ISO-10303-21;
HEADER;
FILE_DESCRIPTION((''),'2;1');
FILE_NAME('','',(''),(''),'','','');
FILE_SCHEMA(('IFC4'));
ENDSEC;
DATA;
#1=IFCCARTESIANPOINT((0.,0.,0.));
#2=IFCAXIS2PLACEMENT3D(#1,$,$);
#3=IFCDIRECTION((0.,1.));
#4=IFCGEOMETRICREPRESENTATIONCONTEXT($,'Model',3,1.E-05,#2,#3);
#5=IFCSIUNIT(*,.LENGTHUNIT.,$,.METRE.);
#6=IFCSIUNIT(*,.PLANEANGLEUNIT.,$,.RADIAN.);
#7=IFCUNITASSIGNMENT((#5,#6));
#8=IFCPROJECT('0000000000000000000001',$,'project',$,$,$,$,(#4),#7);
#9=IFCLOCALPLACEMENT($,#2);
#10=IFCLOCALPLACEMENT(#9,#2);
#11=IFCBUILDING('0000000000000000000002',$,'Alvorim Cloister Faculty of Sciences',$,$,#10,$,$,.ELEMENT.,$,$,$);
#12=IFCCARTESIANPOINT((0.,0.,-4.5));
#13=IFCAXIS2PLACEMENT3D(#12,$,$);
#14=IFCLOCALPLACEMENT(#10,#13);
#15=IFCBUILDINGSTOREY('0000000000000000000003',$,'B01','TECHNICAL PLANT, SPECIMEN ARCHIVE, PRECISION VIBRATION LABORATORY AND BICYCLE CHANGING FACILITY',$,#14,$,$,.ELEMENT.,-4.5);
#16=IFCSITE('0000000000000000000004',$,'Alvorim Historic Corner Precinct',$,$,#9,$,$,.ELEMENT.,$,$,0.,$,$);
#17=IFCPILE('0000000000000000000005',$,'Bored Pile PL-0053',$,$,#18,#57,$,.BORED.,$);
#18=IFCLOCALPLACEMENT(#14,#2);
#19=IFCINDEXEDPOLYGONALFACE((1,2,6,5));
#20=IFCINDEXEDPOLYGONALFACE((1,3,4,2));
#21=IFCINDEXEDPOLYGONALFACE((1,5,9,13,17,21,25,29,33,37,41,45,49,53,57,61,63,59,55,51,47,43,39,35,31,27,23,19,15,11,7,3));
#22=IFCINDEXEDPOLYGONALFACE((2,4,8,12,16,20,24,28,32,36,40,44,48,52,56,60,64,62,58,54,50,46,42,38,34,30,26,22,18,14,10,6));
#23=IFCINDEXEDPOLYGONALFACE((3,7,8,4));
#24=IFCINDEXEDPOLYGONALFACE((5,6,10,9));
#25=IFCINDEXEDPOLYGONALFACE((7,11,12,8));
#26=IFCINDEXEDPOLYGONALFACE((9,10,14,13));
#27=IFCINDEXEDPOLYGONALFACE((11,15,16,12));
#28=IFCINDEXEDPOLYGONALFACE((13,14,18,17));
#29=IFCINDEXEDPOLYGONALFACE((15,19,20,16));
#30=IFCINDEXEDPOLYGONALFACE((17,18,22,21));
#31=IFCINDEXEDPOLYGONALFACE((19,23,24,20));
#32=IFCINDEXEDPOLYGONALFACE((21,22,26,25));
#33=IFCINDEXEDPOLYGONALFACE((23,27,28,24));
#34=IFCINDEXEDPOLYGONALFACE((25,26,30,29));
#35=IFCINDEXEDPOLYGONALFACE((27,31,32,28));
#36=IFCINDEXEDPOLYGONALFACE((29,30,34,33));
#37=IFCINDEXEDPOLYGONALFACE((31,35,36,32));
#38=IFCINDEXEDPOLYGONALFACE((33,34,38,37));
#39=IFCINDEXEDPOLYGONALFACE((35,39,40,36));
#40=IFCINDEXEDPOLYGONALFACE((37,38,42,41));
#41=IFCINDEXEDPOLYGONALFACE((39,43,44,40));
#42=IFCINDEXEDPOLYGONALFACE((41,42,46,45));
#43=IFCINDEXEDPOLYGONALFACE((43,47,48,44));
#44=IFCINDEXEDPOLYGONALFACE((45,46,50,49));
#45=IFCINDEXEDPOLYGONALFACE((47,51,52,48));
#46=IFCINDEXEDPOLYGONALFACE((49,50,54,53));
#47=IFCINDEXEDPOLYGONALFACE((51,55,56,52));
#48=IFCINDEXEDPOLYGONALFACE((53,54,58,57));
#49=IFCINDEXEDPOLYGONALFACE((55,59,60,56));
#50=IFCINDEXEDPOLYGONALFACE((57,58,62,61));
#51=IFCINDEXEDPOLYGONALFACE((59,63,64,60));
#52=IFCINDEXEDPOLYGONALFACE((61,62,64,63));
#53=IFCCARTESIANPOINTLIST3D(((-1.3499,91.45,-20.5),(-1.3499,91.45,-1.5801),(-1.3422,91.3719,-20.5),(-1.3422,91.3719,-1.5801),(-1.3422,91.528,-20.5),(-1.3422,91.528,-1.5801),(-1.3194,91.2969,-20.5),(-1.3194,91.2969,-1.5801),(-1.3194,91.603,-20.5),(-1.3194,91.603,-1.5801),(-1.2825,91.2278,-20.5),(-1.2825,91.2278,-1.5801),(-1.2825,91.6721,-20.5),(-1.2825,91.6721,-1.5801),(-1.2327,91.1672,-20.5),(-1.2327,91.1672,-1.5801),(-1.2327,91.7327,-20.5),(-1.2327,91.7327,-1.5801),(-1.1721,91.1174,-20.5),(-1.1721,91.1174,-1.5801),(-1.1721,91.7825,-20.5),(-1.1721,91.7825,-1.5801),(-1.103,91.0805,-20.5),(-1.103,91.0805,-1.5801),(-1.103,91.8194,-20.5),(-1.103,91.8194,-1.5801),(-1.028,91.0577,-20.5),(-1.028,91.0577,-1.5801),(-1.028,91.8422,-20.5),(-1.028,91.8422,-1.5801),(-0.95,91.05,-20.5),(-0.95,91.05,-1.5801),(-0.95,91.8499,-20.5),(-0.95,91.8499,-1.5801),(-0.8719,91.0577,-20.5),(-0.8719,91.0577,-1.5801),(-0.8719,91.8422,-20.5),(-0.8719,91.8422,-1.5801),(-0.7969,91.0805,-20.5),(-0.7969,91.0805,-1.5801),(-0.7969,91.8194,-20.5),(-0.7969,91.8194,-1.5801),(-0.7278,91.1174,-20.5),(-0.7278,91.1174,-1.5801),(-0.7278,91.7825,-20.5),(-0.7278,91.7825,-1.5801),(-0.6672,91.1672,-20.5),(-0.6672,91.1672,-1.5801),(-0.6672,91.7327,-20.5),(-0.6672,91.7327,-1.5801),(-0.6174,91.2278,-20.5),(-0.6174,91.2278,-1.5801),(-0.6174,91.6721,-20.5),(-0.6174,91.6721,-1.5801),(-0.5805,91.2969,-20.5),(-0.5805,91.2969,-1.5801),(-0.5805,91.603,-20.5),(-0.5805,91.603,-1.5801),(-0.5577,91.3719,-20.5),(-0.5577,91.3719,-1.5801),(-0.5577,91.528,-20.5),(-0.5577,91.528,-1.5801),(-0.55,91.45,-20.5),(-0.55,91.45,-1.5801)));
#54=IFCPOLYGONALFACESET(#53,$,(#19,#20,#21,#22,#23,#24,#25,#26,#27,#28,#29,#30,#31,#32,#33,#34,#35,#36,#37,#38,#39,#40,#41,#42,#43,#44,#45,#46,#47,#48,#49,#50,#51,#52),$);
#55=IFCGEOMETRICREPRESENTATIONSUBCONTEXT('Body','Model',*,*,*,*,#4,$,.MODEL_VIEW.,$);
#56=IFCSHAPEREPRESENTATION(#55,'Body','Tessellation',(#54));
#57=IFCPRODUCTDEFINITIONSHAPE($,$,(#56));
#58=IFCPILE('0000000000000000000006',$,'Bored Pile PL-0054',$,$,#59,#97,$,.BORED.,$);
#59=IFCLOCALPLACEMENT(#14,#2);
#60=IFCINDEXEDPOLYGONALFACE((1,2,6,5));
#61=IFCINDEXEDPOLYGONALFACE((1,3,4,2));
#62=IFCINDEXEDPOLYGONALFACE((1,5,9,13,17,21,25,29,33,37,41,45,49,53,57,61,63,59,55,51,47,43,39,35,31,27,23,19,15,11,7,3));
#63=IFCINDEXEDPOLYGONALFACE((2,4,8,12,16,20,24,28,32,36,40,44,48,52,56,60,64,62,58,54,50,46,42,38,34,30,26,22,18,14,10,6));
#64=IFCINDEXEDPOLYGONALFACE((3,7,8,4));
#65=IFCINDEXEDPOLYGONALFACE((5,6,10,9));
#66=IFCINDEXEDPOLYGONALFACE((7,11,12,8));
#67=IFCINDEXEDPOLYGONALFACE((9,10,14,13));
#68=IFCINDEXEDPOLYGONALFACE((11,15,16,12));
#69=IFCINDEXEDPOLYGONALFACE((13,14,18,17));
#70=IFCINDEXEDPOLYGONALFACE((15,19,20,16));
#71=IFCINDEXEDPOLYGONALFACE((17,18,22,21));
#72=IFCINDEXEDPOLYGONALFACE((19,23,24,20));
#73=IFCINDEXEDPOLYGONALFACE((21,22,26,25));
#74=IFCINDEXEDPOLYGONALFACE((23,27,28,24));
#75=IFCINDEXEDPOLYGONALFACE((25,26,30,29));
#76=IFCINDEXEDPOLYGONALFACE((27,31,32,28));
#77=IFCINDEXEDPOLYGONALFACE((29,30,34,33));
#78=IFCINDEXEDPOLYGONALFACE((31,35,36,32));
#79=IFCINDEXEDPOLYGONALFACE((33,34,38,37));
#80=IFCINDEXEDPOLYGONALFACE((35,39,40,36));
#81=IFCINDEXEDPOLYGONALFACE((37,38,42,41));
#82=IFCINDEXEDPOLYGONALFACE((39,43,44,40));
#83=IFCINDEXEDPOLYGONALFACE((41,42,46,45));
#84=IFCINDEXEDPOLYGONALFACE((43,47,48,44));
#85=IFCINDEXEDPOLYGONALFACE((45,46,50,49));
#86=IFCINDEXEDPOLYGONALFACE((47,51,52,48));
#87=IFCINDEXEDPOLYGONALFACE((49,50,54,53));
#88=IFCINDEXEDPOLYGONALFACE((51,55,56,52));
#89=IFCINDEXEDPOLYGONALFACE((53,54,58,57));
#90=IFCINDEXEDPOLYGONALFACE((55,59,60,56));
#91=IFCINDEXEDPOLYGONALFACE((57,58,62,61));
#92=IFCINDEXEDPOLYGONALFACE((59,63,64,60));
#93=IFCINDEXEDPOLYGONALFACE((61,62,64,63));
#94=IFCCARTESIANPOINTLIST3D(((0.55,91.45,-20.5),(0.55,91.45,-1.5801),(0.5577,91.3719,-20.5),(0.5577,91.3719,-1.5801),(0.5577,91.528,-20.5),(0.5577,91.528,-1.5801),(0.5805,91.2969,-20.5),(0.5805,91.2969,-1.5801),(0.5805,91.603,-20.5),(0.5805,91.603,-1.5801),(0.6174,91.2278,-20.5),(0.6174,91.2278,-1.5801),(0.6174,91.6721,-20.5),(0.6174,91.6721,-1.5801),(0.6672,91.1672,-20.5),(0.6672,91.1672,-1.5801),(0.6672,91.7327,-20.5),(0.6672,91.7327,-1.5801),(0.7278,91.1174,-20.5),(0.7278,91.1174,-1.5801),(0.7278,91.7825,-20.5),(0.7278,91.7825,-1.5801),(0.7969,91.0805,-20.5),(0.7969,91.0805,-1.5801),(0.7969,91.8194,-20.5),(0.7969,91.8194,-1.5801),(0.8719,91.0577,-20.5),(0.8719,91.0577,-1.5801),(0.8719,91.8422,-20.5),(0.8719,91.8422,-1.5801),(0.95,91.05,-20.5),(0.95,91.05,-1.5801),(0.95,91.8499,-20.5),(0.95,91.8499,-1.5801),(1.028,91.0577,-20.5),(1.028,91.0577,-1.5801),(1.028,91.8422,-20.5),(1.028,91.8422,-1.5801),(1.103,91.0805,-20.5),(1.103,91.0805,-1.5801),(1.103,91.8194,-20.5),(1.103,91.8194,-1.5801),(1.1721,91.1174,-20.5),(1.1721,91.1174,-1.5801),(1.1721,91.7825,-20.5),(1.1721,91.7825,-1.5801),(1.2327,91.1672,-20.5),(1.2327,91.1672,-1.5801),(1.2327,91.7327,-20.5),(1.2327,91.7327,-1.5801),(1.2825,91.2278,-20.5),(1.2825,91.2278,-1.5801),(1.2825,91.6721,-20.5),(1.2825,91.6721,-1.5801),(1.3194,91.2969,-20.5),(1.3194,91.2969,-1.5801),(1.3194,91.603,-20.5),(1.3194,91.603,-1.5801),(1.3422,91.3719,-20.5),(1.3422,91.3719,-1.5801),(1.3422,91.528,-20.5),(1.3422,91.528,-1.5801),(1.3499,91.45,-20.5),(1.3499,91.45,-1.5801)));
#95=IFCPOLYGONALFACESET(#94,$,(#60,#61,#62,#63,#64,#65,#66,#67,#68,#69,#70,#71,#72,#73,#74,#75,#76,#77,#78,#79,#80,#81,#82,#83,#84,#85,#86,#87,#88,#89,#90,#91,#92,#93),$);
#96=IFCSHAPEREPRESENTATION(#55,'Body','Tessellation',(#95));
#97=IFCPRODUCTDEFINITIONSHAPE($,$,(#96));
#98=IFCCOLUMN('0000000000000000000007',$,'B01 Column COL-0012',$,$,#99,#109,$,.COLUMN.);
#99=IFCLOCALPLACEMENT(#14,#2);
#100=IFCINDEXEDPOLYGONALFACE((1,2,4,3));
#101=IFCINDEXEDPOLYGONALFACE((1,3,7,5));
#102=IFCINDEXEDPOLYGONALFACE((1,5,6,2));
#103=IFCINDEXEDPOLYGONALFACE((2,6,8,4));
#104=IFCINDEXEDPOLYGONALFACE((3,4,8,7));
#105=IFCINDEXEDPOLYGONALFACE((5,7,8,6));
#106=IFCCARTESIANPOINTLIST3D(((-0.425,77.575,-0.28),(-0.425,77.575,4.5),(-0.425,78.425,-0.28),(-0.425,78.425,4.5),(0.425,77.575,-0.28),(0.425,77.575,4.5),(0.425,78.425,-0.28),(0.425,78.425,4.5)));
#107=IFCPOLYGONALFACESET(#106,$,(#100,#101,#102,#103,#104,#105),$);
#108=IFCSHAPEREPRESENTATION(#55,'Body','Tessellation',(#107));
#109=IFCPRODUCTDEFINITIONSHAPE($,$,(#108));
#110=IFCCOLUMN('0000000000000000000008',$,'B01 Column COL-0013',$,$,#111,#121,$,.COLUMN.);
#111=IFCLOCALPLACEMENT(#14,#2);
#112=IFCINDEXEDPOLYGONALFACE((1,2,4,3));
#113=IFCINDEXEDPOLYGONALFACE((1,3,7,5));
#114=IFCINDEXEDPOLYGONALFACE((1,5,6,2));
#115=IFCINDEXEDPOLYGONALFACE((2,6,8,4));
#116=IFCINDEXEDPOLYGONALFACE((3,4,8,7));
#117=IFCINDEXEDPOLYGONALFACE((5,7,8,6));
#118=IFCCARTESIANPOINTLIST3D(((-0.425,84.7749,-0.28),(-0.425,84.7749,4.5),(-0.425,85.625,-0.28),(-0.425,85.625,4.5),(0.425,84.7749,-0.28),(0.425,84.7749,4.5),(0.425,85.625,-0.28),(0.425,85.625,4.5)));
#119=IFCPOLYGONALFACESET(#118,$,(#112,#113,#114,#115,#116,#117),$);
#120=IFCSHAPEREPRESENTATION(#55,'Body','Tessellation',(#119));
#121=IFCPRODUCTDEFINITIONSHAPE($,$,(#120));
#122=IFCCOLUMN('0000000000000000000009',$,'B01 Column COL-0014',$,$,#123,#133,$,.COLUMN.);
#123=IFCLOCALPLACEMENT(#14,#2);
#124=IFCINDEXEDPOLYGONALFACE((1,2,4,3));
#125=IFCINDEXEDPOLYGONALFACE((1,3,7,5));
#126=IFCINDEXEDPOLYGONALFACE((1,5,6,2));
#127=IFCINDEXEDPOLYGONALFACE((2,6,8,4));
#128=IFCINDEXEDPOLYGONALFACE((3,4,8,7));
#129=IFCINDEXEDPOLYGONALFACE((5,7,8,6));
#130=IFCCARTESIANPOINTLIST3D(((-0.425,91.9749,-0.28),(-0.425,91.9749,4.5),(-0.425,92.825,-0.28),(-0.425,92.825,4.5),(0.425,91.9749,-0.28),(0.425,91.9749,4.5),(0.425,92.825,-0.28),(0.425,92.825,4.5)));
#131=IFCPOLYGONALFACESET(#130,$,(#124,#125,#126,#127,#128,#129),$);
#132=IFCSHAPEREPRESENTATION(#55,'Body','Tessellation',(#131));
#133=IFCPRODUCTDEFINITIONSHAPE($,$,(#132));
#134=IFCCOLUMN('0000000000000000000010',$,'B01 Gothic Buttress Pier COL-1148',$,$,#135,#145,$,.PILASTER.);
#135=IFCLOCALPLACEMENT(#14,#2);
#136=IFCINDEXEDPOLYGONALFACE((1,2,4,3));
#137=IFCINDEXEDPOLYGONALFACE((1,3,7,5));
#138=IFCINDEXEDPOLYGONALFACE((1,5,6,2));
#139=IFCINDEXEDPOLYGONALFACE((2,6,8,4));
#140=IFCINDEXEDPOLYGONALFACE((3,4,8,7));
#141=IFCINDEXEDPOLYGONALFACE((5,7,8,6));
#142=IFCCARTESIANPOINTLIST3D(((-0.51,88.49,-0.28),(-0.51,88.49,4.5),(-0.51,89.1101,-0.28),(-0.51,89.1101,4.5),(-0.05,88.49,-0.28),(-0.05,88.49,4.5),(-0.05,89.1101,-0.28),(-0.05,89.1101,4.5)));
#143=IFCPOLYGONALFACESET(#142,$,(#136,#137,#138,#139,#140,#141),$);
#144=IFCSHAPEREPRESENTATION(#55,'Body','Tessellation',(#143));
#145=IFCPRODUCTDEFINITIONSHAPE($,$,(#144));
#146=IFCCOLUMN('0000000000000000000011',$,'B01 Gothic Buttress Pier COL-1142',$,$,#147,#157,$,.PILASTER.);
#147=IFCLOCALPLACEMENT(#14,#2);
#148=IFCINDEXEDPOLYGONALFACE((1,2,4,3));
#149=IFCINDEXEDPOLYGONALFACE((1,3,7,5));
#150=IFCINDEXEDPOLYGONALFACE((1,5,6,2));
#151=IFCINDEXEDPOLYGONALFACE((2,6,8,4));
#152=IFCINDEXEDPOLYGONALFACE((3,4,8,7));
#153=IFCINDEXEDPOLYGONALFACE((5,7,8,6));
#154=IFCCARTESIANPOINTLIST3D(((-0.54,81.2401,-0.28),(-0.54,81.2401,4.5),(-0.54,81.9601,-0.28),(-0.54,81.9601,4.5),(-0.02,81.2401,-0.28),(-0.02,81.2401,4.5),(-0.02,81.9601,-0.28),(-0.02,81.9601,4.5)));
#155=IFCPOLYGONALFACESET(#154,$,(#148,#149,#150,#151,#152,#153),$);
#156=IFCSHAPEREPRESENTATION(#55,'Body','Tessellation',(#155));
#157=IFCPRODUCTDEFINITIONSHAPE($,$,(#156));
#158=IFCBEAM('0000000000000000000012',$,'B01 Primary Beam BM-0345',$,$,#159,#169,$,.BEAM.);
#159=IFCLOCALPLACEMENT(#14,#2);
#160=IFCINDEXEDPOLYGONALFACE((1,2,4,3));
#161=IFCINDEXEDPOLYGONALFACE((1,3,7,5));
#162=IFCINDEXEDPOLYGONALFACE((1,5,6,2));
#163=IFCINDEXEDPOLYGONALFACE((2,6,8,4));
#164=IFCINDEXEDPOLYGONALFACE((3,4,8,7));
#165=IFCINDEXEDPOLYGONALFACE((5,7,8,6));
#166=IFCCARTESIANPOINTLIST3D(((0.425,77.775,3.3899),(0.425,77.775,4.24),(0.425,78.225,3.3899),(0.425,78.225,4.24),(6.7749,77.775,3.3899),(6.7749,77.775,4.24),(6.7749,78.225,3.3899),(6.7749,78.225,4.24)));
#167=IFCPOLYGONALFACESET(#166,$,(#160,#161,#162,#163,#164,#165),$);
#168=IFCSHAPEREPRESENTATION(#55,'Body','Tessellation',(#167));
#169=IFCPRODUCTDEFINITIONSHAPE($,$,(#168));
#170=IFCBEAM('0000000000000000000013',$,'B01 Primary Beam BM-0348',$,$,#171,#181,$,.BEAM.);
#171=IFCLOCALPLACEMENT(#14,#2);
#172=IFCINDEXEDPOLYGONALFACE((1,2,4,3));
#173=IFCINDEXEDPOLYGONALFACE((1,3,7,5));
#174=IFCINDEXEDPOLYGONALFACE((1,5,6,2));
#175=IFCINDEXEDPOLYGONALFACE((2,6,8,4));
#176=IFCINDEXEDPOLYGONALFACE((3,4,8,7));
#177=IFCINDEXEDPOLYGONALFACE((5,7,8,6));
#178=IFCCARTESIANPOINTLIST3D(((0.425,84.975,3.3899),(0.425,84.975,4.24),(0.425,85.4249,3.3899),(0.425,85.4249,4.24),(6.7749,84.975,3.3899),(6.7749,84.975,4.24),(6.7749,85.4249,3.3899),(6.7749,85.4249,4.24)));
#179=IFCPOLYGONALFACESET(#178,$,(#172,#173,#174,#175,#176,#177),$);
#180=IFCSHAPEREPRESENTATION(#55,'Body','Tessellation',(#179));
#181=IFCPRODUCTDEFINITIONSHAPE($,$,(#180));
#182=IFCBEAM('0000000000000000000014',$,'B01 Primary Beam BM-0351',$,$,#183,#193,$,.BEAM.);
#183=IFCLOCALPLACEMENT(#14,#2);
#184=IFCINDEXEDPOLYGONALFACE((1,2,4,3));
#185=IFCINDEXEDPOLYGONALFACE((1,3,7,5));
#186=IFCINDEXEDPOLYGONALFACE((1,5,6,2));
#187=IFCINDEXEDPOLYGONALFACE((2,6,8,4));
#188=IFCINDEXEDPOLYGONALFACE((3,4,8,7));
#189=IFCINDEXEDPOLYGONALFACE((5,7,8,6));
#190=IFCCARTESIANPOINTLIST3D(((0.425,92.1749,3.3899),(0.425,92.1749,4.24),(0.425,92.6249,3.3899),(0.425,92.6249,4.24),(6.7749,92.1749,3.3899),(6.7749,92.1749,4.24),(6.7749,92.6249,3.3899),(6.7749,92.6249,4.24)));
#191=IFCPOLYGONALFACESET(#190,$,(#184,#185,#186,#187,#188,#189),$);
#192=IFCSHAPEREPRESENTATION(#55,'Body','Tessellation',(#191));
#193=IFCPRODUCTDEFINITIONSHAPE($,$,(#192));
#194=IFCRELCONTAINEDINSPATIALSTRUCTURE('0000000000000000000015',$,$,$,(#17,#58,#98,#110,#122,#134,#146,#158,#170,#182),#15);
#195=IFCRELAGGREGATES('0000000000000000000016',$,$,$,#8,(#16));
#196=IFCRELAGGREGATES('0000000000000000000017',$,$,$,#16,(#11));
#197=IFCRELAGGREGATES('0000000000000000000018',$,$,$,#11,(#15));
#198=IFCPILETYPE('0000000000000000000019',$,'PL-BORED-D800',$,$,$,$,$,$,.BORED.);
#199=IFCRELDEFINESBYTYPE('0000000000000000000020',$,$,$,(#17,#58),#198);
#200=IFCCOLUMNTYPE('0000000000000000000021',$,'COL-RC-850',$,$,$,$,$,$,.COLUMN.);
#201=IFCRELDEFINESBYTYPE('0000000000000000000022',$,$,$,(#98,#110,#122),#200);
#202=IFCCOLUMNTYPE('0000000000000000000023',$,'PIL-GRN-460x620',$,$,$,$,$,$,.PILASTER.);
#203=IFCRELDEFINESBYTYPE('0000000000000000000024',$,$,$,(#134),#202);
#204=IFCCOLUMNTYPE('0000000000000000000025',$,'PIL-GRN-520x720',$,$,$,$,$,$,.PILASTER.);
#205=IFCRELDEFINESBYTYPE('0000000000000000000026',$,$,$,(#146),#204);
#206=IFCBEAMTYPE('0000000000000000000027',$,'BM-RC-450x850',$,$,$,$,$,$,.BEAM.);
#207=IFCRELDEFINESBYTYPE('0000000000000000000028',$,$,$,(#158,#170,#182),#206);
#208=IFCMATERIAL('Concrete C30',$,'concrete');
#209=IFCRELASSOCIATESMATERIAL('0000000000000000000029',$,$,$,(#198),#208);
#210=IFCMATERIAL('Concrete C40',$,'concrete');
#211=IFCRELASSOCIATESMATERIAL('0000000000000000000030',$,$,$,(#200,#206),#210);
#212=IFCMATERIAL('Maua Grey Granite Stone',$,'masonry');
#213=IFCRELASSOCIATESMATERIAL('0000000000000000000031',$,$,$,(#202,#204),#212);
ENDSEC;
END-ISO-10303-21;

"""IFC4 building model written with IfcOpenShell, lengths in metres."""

from ifc_helpers import new_model, si_unit, direction, frame, origin, origin_2d, place, context, subcontext, project, spatial, rectangle, circle, extrude, material, material_profile, profile_set, type_object, element, save


model = new_model("IFC4")

# Units and contexts
model_context = context("Model", 3, precision=1e-05, world=origin(), true_north=direction((0.0, 1.0)))
body_context = subcontext(model_context, "Body", "Model", "MODEL_VIEW")
ifc_project = project(units=[si_unit("LENGTHUNIT", "METRE"), si_unit("PLANEANGLEUNIT", "RADIAN")], contexts=[model_context])

# Site, building, storey
site_placement = place(None, origin())
site = spatial("IfcSite", under=ifc_project, at=site_placement, Name="Alvorim Historic Corner Precinct", CompositionType="ELEMENT", RefElevation=0.0)
building_placement = place(site_placement, origin())
building = spatial("IfcBuilding", under=site, at=building_placement, Name="Alvorim Cloister Faculty of Sciences", CompositionType="ELEMENT")
storey_placement = place(building_placement, frame((0.0, 0.0, -4.5)))
storey = spatial("IfcBuildingStorey", under=building, at=storey_placement, Name="B01", Description="TECHNICAL PLANT, SPECIMEN ARCHIVE, PRECISION VIBRATION LABORATORY AND BICYCLE CHANGING FACILITY", CompositionType="ELEMENT", Elevation=-4.5)

# Shared definitions
ifc_material_1 = material(Name="Concrete C40", Category="concrete")

# Piles
ifc_material_2 = material(Name="Concrete C30", Category="concrete")
ifc_material_profile_1 = material_profile(ifc_material_2, circle(Radius=0.3999, at=origin_2d()), Name="PILE-D800")
ifc_profile_set_1 = profile_set([ifc_material_profile_1], Name="Concrete C30")
pile_type = type_object("IfcPileType", Name="PL-BORED-D800", PredefinedType="BORED", material=ifc_profile_set_1)
for number, where, z_axis, x_axis, name in (
    (1, (-0.95, 91.45, -1.5801), (0.0, 0.0, -1.0), (1.0, 0.0, 0.0), "Bored Pile PL-0053"),
    (2, (0.95, 91.45, -1.5801), (0.0, 0.0, -1.0), (1.0, 0.0, 0.0), "Bored Pile PL-0054"),
):
    element("IfcPile", number, at=place(storey_placement, frame(where, z_axis=z_axis, x_axis=x_axis)), inside=storey, type_object=pile_type, Name=name, PredefinedType="BORED", context=body_context, shape_type="SweptSolid", body=[
        extrude(circle(Radius=0.3999, at=origin_2d()), origin(), (0.0, 0.0, 1.0), 18.9199),
    ])

# Columns
ifc_material_profile_2 = material_profile(ifc_material_1, rectangle(XDim=0.8501, YDim=0.8501, at=origin_2d()), Name="RC40-COL-850x850")
ifc_profile_set_2 = profile_set([ifc_material_profile_2], Name="Concrete C40")
column_type_1 = type_object("IfcColumnType", Name="COL-RC-850", PredefinedType="COLUMN", material=ifc_profile_set_2)
for number, where, z_axis, x_axis, name in (
    (3, (0.0, 78.0, -0.28), (0.0, 0.0, 1.0), (1.0, 0.0, 0.0), "B01 Column COL-0012"),
    (4, (0.0, 85.2, -0.28), (0.0, 0.0, 1.0), (1.0, 0.0, 0.0), "B01 Column COL-0013"),
    (5, (0.0, 92.3999, -0.28), (0.0, 0.0, 1.0), (1.0, 0.0, 0.0), "B01 Column COL-0014"),
):
    element("IfcColumn", number, at=place(storey_placement, frame(where, z_axis=z_axis, x_axis=x_axis)), inside=storey, type_object=column_type_1, Name=name, PredefinedType="COLUMN", context=body_context, shape_type="SweptSolid", body=[
        extrude(rectangle(XDim=0.8501, YDim=0.8501, at=origin_2d()), origin(), (0.0, 0.0, 1.0), 4.78),
    ])
ifc_material_3 = material(Name="Maua Grey Granite Stone", Category="masonry")
ifc_material_profile_3 = material_profile(ifc_material_3, rectangle(XDim=0.46, YDim=0.6201, at=origin_2d()), Name="GRN-PIER-460x620")
ifc_profile_set_3 = profile_set([ifc_material_profile_3], Name="Maua Grey Granite Stone")
column_type_2 = type_object("IfcColumnType", Name="PIL-GRN-460x620", PredefinedType="PILASTER", material=ifc_profile_set_3)
column_1_placement = place(storey_placement, frame((-0.28, 88.8, -0.28), z_axis=(0.0, 0.0, 1.0), x_axis=(1.0, 0.0, 0.0)))
element("IfcColumn", 6, at=column_1_placement, inside=storey, type_object=column_type_2, Name="B01 Gothic Buttress Pier COL-1148", PredefinedType="PILASTER", context=body_context, shape_type="SweptSolid", body=[
    extrude(rectangle(XDim=0.46, YDim=0.6201, at=origin_2d()), origin(), (0.0, 0.0, 1.0), 4.78),
])
ifc_material_profile_4 = material_profile(ifc_material_3, rectangle(XDim=0.52, YDim=0.72, at=origin_2d()), Name="GRN-PIER-520x720")
ifc_profile_set_4 = profile_set([ifc_material_profile_4], Name="Maua Grey Granite Stone")
column_type_3 = type_object("IfcColumnType", Name="PIL-GRN-520x720", PredefinedType="PILASTER", material=ifc_profile_set_4)
column_2_placement = place(storey_placement, frame((-0.28, 81.6001, -0.28), z_axis=(0.0, 0.0, 1.0), x_axis=(1.0, 0.0, 0.0)))
element("IfcColumn", 7, at=column_2_placement, inside=storey, type_object=column_type_3, Name="B01 Gothic Buttress Pier COL-1142", PredefinedType="PILASTER", context=body_context, shape_type="SweptSolid", body=[
    extrude(rectangle(XDim=0.52, YDim=0.72, at=origin_2d()), origin(), (0.0, 0.0, 1.0), 4.78),
])

# Beams
ifc_material_profile_5 = material_profile(ifc_material_1, rectangle(XDim=0.45, YDim=0.8501, at=origin_2d()), Name="RC40-BM-450x850")
ifc_profile_set_5 = profile_set([ifc_material_profile_5], Name="Concrete C40")
beam_type = type_object("IfcBeamType", Name="BM-RC-450x850", PredefinedType="BEAM", material=ifc_profile_set_5)
for number, where, z_axis, x_axis, name in (
    (8, (0.425, 78.0, 3.8149), (1.0, 0.0, 0.0), (0.0, 1.0, 0.0), "B01 Primary Beam BM-0345"),
    (9, (0.425, 85.2, 3.8149), (1.0, 0.0, 0.0), (0.0, 1.0, 0.0), "B01 Primary Beam BM-0348"),
    (10, (0.425, 92.3999, 3.8149), (1.0, 0.0, 0.0), (0.0, 1.0, 0.0), "B01 Primary Beam BM-0351"),
):
    element("IfcBeam", number, at=place(storey_placement, frame(where, z_axis=z_axis, x_axis=x_axis)), inside=storey, type_object=beam_type, Name=name, PredefinedType="BEAM", context=body_context, shape_type="SweptSolid", body=[
        extrude(rectangle(XDim=0.45, YDim=0.8501, at=origin_2d()), origin(), (0.0, 0.0, 1.0), 6.3499),
    ])

save(model, "model.ifc")
